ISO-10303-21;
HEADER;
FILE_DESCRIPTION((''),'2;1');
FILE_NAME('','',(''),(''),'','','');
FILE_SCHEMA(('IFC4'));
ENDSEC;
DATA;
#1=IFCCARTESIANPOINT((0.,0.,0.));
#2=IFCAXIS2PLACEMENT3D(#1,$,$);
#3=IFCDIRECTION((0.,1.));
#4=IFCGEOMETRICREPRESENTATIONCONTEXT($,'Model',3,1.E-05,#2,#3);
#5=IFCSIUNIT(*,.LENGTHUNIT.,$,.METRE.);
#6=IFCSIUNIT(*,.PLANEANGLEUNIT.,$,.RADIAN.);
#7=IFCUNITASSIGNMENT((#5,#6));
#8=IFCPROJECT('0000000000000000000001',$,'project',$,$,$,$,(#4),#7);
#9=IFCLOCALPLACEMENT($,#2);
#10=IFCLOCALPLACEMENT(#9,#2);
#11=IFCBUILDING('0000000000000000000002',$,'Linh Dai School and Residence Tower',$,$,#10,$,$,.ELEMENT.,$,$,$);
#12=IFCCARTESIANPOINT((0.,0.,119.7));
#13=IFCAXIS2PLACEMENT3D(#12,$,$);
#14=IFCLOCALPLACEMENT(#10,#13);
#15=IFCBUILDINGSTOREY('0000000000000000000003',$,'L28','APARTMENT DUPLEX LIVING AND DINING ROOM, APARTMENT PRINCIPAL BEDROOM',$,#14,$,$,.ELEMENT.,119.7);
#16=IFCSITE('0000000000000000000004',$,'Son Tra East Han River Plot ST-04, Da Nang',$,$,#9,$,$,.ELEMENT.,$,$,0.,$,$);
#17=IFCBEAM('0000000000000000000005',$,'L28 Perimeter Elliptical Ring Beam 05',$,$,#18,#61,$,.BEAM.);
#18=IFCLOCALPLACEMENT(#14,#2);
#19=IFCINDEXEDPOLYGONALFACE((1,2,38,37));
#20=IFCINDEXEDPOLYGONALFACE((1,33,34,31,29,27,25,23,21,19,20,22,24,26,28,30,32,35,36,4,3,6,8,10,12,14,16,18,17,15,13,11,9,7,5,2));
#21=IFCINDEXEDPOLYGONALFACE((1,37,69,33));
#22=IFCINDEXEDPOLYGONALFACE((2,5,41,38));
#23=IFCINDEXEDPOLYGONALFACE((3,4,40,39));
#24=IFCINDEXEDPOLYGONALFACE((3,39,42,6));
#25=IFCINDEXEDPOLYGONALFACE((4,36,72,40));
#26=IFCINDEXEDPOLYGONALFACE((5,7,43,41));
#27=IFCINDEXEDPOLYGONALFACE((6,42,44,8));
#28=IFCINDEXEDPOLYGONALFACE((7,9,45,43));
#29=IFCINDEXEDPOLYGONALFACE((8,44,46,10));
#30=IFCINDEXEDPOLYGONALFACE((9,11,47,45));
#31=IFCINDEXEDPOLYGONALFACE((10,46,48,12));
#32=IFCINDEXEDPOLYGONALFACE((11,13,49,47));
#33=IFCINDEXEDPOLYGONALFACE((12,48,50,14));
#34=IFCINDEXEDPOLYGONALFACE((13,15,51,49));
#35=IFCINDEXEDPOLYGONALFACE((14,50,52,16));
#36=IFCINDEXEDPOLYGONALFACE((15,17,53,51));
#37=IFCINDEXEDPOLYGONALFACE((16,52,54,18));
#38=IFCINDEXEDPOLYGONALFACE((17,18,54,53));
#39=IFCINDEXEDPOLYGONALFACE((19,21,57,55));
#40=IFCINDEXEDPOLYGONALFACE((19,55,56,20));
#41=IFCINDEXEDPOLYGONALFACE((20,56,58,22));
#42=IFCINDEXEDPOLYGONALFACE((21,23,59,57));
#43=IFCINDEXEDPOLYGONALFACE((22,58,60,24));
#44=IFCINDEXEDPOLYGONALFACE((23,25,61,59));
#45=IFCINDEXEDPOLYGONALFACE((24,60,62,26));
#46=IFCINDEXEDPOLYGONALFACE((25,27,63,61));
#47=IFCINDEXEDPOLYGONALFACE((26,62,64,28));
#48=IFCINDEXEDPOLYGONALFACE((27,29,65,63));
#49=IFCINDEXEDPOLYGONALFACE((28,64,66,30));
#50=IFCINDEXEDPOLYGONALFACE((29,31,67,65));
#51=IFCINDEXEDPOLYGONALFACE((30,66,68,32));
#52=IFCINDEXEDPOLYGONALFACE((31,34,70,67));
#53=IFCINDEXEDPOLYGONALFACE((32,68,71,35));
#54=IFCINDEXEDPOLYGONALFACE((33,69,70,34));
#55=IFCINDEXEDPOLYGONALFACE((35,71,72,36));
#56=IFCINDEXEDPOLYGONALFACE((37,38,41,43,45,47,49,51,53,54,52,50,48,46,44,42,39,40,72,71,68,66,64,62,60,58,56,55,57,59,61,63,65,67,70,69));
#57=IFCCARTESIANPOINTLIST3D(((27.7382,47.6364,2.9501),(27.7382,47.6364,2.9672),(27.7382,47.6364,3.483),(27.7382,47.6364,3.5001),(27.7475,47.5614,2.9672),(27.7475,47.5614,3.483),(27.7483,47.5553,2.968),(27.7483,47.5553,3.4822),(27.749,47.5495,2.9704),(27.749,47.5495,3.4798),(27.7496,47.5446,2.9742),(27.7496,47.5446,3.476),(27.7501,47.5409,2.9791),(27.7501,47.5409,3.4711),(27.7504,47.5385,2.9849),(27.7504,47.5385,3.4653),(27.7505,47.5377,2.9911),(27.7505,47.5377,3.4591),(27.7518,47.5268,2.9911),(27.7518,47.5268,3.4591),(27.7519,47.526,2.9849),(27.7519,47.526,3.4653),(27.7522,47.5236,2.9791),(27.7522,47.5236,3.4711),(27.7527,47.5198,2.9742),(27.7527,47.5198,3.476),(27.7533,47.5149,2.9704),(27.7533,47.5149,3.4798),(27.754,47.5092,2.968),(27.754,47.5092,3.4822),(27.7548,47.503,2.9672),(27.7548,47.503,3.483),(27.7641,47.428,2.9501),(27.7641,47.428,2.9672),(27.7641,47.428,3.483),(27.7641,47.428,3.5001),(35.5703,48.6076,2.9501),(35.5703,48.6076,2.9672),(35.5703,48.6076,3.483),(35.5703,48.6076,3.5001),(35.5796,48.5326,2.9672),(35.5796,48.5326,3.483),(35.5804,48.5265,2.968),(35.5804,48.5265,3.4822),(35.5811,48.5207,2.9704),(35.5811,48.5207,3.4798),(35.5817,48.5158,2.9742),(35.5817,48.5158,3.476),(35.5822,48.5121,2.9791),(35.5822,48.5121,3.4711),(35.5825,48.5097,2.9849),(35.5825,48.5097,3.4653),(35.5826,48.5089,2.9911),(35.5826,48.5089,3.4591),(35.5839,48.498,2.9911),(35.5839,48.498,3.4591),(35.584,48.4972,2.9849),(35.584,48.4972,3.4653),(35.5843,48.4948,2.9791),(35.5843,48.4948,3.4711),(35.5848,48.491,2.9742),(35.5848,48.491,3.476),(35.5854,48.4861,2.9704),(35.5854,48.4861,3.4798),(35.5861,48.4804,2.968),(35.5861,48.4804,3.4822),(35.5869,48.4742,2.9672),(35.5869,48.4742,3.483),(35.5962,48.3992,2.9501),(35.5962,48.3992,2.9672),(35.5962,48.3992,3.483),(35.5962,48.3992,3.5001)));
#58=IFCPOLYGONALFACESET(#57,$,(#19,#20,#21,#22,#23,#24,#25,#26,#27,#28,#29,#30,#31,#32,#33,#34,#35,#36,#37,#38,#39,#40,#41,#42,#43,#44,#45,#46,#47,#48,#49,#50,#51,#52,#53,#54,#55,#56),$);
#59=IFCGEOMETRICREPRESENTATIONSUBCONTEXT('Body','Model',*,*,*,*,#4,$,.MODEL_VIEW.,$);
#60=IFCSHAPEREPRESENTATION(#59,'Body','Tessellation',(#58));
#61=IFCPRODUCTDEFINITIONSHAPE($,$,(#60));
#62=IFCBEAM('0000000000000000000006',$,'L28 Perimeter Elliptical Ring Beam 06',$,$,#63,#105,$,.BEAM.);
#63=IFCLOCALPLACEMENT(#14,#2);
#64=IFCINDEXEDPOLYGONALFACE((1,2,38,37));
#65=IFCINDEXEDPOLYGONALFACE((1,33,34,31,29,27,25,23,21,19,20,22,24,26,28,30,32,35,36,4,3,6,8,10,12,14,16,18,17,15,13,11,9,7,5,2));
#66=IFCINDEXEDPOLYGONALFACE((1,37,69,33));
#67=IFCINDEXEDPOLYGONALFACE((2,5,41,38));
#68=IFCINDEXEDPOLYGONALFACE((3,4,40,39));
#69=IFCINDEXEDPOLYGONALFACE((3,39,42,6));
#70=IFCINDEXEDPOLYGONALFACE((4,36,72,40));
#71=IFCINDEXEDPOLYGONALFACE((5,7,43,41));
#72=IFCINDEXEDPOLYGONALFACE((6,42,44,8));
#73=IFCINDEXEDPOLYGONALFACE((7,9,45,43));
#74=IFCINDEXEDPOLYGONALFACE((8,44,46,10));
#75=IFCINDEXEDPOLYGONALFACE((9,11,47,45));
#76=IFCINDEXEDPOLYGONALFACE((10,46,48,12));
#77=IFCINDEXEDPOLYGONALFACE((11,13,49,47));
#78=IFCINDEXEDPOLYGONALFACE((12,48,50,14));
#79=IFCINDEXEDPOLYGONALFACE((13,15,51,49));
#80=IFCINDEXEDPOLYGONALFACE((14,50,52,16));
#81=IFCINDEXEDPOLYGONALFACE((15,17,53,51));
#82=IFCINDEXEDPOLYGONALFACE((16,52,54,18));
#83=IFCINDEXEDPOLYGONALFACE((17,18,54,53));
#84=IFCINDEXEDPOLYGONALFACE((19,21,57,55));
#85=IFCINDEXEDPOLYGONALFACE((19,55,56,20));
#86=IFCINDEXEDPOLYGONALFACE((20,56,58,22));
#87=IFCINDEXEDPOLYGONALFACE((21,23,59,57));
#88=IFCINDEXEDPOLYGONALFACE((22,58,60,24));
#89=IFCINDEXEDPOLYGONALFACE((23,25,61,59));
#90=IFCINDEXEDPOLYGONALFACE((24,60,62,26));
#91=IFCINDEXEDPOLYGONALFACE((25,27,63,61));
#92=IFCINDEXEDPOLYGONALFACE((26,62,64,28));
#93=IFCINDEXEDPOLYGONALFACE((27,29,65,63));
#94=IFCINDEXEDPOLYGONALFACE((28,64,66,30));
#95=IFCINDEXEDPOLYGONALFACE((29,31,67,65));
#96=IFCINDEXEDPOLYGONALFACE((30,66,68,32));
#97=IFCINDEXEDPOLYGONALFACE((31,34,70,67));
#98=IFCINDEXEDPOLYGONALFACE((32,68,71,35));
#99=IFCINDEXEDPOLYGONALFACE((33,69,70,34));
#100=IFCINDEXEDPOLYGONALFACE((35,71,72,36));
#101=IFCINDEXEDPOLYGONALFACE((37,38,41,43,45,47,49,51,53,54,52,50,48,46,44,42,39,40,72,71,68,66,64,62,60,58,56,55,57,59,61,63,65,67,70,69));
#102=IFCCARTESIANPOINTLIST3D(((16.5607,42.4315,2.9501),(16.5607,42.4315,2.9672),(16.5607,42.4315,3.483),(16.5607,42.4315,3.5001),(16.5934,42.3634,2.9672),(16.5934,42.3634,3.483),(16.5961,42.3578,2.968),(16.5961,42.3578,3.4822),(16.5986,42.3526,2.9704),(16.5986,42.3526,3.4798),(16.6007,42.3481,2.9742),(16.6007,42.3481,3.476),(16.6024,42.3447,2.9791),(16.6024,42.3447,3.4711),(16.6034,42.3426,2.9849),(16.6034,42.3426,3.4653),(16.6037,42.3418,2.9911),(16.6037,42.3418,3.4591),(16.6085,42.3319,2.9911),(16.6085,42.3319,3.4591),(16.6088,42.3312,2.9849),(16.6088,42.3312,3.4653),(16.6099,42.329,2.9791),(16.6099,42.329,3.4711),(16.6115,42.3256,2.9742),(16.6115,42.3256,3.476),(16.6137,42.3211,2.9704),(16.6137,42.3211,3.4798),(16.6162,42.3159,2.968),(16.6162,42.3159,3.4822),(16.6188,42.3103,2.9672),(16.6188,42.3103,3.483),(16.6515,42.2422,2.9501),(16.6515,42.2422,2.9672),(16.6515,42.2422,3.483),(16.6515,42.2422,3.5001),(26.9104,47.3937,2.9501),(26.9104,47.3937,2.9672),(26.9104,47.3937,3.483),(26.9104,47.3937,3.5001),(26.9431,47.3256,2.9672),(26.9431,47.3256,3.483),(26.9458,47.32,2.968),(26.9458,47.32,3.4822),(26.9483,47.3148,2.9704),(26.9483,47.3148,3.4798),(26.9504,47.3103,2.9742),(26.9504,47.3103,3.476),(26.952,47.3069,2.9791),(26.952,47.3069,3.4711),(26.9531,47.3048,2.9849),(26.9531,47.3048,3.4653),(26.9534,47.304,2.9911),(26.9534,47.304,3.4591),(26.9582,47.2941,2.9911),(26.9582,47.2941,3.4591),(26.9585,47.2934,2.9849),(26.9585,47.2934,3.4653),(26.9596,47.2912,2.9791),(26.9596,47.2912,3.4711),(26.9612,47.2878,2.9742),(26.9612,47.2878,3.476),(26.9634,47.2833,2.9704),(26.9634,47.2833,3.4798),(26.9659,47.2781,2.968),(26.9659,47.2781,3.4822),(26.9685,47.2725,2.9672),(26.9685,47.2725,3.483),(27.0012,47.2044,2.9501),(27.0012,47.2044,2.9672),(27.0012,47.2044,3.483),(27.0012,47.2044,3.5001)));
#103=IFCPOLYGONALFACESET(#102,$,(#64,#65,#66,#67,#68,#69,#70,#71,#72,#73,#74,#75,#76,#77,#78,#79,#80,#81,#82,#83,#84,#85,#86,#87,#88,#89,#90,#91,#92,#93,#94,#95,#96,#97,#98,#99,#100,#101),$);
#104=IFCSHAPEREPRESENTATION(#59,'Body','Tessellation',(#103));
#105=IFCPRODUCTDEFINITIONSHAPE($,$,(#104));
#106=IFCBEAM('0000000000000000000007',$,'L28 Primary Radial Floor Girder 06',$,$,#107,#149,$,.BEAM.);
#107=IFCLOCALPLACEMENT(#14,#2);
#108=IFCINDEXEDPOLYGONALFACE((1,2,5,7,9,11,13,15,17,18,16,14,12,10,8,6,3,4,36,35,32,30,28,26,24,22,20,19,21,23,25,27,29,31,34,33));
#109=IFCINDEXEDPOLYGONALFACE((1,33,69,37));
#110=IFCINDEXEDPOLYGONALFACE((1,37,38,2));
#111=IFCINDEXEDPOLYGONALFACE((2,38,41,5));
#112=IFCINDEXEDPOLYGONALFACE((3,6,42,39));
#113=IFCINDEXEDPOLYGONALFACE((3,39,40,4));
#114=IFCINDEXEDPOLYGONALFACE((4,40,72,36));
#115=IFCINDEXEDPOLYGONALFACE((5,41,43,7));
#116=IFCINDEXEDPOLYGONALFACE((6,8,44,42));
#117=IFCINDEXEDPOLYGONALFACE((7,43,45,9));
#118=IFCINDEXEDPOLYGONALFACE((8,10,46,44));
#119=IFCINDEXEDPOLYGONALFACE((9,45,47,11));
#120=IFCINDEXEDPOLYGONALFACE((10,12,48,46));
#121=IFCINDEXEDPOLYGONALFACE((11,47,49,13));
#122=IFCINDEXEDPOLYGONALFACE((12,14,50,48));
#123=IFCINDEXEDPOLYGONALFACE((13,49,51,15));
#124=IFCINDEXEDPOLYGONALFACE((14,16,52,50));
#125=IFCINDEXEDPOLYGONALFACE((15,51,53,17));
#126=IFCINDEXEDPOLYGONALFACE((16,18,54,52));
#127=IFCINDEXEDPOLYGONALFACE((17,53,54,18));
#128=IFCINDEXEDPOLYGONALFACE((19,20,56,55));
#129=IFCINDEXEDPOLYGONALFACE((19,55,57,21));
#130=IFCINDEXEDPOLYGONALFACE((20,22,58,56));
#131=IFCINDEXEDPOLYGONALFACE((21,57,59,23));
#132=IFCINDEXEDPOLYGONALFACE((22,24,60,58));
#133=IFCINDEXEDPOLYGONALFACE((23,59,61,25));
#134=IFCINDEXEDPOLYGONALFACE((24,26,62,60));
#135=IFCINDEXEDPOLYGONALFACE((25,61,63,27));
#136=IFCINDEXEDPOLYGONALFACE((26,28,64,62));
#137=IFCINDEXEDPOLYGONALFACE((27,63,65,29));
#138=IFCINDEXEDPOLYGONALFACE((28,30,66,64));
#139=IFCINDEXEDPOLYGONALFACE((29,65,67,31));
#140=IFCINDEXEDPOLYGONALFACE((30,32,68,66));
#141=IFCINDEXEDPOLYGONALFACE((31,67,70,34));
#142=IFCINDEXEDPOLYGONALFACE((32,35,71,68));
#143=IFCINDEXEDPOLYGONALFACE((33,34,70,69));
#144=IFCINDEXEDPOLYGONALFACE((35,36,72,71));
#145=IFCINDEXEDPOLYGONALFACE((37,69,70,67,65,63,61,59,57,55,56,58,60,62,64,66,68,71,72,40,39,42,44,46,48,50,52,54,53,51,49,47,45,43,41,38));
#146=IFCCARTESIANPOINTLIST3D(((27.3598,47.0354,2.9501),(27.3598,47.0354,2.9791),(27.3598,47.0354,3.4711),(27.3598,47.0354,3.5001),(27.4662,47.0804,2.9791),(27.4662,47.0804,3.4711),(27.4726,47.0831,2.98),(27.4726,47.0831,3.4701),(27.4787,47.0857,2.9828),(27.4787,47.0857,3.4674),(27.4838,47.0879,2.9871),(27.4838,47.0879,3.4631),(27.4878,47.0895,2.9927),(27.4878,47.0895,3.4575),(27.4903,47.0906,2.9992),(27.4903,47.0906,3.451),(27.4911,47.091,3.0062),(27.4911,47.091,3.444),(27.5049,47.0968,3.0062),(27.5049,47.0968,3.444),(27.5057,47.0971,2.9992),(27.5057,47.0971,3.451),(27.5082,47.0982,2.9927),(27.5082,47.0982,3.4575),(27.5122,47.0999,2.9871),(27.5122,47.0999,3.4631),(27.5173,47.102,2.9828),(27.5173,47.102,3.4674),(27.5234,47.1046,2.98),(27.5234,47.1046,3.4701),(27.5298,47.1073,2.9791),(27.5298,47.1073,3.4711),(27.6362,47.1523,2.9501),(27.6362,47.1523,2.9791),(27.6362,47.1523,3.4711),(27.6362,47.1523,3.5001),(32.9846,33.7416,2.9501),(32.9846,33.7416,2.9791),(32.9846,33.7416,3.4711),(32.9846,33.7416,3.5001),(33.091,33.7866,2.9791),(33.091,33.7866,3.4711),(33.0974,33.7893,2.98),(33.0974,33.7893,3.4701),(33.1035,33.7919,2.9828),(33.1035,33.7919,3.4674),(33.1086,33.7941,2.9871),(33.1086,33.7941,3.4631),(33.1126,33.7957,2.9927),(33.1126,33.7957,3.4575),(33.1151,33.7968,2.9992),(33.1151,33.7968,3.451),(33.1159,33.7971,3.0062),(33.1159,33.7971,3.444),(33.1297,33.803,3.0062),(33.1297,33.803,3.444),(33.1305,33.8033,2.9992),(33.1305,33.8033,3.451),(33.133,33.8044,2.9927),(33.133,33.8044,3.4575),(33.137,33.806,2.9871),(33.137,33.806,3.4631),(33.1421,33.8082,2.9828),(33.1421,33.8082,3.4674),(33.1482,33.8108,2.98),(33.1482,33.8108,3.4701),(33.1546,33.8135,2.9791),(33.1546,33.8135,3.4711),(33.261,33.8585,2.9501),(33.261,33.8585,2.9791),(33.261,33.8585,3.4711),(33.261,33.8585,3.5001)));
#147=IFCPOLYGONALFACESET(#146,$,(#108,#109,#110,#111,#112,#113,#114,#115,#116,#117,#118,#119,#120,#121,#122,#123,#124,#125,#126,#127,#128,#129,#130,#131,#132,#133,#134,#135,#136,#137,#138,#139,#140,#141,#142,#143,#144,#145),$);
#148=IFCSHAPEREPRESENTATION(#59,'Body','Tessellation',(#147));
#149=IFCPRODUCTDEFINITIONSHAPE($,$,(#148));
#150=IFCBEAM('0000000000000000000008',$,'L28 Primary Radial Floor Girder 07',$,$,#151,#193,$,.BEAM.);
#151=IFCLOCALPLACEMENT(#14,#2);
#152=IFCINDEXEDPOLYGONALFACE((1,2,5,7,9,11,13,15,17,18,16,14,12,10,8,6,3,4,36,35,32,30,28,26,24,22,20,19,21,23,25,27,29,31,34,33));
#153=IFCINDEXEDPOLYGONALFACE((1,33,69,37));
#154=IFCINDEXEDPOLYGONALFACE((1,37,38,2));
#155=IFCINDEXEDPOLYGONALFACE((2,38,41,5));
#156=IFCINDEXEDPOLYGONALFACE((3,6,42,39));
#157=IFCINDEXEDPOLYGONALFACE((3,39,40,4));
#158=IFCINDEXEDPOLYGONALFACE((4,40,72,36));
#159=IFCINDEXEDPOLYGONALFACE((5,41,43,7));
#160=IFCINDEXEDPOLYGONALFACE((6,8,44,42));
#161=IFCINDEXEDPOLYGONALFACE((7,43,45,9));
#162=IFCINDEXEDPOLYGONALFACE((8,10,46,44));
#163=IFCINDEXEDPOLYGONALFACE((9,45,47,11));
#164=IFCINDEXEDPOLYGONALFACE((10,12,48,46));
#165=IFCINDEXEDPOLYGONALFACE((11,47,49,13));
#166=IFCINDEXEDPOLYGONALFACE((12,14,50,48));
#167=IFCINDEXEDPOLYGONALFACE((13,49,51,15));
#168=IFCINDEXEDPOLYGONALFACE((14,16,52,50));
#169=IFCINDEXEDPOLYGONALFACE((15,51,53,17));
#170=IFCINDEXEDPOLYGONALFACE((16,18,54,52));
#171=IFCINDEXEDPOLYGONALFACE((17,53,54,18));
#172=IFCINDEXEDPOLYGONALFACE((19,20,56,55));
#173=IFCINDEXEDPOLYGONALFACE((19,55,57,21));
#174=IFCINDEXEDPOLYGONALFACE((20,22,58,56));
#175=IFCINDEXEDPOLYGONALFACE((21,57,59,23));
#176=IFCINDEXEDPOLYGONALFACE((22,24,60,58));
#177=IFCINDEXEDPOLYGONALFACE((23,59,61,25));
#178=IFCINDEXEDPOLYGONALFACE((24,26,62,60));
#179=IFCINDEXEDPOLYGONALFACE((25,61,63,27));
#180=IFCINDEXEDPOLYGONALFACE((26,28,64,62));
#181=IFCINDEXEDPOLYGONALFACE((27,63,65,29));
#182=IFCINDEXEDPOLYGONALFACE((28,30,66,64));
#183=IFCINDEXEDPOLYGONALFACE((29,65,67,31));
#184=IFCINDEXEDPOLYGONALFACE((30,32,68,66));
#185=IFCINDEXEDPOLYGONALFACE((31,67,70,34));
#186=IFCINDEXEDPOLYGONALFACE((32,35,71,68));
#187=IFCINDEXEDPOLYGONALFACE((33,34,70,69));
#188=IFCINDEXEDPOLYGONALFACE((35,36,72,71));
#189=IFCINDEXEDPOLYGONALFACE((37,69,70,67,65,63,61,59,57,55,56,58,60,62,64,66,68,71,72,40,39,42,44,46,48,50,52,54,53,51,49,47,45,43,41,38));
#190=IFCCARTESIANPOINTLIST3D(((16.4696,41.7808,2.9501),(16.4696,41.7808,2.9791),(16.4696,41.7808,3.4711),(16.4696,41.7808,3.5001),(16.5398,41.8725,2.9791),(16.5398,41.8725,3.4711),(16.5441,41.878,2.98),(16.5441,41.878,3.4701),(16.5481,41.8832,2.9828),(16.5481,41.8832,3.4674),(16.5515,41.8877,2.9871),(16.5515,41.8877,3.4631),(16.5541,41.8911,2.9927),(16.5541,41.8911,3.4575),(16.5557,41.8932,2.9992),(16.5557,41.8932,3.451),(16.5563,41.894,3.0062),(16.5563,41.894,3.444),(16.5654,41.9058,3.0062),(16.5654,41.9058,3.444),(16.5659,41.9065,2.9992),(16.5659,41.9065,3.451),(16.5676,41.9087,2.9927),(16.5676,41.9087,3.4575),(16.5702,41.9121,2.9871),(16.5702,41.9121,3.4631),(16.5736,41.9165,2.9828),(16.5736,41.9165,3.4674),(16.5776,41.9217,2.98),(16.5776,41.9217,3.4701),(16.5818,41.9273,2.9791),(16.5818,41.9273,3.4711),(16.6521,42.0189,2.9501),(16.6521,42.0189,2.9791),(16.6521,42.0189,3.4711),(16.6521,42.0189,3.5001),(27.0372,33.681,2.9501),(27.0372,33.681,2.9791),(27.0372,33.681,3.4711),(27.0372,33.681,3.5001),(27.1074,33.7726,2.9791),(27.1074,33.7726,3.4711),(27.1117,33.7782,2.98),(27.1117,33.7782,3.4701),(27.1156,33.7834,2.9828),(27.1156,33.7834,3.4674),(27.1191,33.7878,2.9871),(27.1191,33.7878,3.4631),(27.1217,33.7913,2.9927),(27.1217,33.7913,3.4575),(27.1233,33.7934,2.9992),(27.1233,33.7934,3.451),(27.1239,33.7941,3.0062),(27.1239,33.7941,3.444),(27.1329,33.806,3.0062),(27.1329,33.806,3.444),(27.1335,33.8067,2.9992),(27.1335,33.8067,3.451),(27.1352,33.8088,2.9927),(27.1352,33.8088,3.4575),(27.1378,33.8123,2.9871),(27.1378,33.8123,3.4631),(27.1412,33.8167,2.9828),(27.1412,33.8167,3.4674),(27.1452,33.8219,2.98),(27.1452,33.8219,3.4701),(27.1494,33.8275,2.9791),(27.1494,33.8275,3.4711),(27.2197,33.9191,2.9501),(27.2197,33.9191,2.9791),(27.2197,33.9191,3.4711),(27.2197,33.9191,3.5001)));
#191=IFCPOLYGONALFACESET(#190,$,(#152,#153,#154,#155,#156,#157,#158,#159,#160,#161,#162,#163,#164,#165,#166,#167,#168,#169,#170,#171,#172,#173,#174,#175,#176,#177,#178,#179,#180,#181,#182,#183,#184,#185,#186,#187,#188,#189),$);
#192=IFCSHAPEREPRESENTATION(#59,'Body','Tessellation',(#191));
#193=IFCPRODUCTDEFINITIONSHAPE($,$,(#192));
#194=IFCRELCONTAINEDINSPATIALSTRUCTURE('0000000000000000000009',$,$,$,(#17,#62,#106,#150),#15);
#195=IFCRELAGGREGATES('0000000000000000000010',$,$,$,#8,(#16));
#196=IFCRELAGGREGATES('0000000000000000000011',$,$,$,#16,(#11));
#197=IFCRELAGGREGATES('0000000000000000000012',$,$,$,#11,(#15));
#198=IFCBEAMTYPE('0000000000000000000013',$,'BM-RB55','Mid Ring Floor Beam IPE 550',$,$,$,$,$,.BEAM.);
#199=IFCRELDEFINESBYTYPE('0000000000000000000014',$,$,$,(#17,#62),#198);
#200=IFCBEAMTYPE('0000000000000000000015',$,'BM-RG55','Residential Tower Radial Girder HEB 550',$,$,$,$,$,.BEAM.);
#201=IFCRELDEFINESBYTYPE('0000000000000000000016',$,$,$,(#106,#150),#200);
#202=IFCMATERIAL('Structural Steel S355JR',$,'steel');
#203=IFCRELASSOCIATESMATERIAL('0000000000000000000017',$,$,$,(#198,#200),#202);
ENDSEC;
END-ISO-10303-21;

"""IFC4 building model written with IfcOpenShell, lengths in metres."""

from ifc_helpers import new_model, si_unit, direction, frame, origin, origin_2d, place, context, subcontext, project, spatial, i_section, extrude, material, material_profile, profile_set, type_object, element, save


model = new_model("IFC4")

# Units and contexts
model_context = context("Model", 3, precision=1e-05, world=origin(), true_north=direction((0.0, 1.0)))
body_context = subcontext(model_context, "Body", "Model", "MODEL_VIEW")
ifc_project = project(units=[si_unit("LENGTHUNIT", "METRE"), si_unit("PLANEANGLEUNIT", "RADIAN")], contexts=[model_context])

# Site, building, storey
site_placement = place(None, origin())
site = spatial("IfcSite", under=ifc_project, at=site_placement, Name="Son Tra East Han River Plot ST-04, Da Nang", CompositionType="ELEMENT", RefElevation=0.0)
building_placement = place(site_placement, origin())
building = spatial("IfcBuilding", under=site, at=building_placement, Name="Linh Dai School and Residence Tower", CompositionType="ELEMENT")
storey_placement = place(building_placement, frame((0.0, 0.0, 119.7)))
storey = spatial("IfcBuildingStorey", under=building, at=storey_placement, Name="L28", Description="APARTMENT DUPLEX LIVING AND DINING ROOM, APARTMENT PRINCIPAL BEDROOM", CompositionType="ELEMENT", Elevation=119.7)

# Shared definitions
ifc_material_1 = material(Name="Structural Steel S355JR", Category="steel")

# Beams
ifc_material_profile_1 = material_profile(ifc_material_1, i_section(OverallWidth=0.21, OverallDepth=0.55, WebThickness=0.011, FlangeThickness=0.0171, FilletRadius=0.0239, at=origin_2d()), Name="IPE 550")
ifc_profile_set_1 = profile_set([ifc_material_profile_1], Name="Structural Steel S355JR")
beam_type_1 = type_object("IfcBeamType", Name="BM-RB55", Description="Mid Ring Floor Beam IPE 550", PredefinedType="BEAM", material=ifc_profile_set_1)
beam_1_placement = place(storey_placement, frame((35.5833, 48.5034, 3.2251), z_axis=(-0.992399, -0.12306, 0.0), x_axis=(0.12306, -0.992399, 0.0)))
element("IfcBeam", 1, at=beam_1_placement, inside=storey, type_object=beam_type_1, Name="L28 Perimeter Elliptical Ring Beam 05", PredefinedType="BEAM", context=body_context, shape_type="SweptSolid", body=[
    extrude(i_section(OverallWidth=0.21, OverallDepth=0.55, WebThickness=0.011, FlangeThickness=0.0171, FilletRadius=0.0239, at=origin_2d()), origin(), (0.0, 0.0, 1.0), 7.8921),
])
beam_2_placement = place(storey_placement, frame((26.9558, 47.2991, 3.2251), z_axis=(-0.901715, -0.432331, 0.0), x_axis=(0.432331, -0.901715, 0.0)))
element("IfcBeam", 2, at=beam_2_placement, inside=storey, type_object=beam_type_1, Name="L28 Perimeter Elliptical Ring Beam 06", PredefinedType="BEAM", context=body_context, shape_type="SweptSolid", body=[
    extrude(i_section(OverallWidth=0.21, OverallDepth=0.55, WebThickness=0.011, FlangeThickness=0.0171, FilletRadius=0.0239, at=origin_2d()), origin(), (0.0, 0.0, 1.0), 11.4778),
])
ifc_material_profile_2 = material_profile(ifc_material_1, i_section(OverallWidth=0.3, OverallDepth=0.55, WebThickness=0.0149, FlangeThickness=0.0291, FilletRadius=0.0271, at=origin_2d()), Name="HEB 550")
ifc_profile_set_2 = profile_set([ifc_material_profile_2], Name="Structural Steel S355JR")
beam_type_2 = type_object("IfcBeamType", Name="BM-RG55", Description="Residential Tower Radial Girder HEB 550", PredefinedType="BEAM", material=ifc_profile_set_2)
beam_3_placement = place(storey_placement, frame((33.1228, 33.8, 3.2251), z_axis=(-0.389669, 0.920955, 0.0), x_axis=(-0.920955, -0.389669, 0.0)))
element("IfcBeam", 3, at=beam_3_placement, inside=storey, type_object=beam_type_2, Name="L28 Primary Radial Floor Girder 06", PredefinedType="BEAM", context=body_context, shape_type="SweptSolid", body=[
    extrude(i_section(OverallWidth=0.3, OverallDepth=0.55, WebThickness=0.0149, FlangeThickness=0.0291, FilletRadius=0.0271, at=origin_2d()), origin(), (0.0, 0.0, 1.0), 14.4348),
])
beam_4_placement = place(storey_placement, frame((27.1284, 33.8, 3.2251), z_axis=(-0.793679, 0.608337, 0.0), x_axis=(-0.608337, -0.793679, 0.0)))
element("IfcBeam", 4, at=beam_4_placement, inside=storey, type_object=beam_type_2, Name="L28 Primary Radial Floor Girder 07", PredefinedType="BEAM", context=body_context, shape_type="SweptSolid", body=[
    extrude(i_section(OverallWidth=0.3, OverallDepth=0.55, WebThickness=0.0149, FlangeThickness=0.0291, FilletRadius=0.0271, at=origin_2d()), origin(), (0.0, 0.0, 1.0), 13.3147),
])

save(model, "model.ifc")
